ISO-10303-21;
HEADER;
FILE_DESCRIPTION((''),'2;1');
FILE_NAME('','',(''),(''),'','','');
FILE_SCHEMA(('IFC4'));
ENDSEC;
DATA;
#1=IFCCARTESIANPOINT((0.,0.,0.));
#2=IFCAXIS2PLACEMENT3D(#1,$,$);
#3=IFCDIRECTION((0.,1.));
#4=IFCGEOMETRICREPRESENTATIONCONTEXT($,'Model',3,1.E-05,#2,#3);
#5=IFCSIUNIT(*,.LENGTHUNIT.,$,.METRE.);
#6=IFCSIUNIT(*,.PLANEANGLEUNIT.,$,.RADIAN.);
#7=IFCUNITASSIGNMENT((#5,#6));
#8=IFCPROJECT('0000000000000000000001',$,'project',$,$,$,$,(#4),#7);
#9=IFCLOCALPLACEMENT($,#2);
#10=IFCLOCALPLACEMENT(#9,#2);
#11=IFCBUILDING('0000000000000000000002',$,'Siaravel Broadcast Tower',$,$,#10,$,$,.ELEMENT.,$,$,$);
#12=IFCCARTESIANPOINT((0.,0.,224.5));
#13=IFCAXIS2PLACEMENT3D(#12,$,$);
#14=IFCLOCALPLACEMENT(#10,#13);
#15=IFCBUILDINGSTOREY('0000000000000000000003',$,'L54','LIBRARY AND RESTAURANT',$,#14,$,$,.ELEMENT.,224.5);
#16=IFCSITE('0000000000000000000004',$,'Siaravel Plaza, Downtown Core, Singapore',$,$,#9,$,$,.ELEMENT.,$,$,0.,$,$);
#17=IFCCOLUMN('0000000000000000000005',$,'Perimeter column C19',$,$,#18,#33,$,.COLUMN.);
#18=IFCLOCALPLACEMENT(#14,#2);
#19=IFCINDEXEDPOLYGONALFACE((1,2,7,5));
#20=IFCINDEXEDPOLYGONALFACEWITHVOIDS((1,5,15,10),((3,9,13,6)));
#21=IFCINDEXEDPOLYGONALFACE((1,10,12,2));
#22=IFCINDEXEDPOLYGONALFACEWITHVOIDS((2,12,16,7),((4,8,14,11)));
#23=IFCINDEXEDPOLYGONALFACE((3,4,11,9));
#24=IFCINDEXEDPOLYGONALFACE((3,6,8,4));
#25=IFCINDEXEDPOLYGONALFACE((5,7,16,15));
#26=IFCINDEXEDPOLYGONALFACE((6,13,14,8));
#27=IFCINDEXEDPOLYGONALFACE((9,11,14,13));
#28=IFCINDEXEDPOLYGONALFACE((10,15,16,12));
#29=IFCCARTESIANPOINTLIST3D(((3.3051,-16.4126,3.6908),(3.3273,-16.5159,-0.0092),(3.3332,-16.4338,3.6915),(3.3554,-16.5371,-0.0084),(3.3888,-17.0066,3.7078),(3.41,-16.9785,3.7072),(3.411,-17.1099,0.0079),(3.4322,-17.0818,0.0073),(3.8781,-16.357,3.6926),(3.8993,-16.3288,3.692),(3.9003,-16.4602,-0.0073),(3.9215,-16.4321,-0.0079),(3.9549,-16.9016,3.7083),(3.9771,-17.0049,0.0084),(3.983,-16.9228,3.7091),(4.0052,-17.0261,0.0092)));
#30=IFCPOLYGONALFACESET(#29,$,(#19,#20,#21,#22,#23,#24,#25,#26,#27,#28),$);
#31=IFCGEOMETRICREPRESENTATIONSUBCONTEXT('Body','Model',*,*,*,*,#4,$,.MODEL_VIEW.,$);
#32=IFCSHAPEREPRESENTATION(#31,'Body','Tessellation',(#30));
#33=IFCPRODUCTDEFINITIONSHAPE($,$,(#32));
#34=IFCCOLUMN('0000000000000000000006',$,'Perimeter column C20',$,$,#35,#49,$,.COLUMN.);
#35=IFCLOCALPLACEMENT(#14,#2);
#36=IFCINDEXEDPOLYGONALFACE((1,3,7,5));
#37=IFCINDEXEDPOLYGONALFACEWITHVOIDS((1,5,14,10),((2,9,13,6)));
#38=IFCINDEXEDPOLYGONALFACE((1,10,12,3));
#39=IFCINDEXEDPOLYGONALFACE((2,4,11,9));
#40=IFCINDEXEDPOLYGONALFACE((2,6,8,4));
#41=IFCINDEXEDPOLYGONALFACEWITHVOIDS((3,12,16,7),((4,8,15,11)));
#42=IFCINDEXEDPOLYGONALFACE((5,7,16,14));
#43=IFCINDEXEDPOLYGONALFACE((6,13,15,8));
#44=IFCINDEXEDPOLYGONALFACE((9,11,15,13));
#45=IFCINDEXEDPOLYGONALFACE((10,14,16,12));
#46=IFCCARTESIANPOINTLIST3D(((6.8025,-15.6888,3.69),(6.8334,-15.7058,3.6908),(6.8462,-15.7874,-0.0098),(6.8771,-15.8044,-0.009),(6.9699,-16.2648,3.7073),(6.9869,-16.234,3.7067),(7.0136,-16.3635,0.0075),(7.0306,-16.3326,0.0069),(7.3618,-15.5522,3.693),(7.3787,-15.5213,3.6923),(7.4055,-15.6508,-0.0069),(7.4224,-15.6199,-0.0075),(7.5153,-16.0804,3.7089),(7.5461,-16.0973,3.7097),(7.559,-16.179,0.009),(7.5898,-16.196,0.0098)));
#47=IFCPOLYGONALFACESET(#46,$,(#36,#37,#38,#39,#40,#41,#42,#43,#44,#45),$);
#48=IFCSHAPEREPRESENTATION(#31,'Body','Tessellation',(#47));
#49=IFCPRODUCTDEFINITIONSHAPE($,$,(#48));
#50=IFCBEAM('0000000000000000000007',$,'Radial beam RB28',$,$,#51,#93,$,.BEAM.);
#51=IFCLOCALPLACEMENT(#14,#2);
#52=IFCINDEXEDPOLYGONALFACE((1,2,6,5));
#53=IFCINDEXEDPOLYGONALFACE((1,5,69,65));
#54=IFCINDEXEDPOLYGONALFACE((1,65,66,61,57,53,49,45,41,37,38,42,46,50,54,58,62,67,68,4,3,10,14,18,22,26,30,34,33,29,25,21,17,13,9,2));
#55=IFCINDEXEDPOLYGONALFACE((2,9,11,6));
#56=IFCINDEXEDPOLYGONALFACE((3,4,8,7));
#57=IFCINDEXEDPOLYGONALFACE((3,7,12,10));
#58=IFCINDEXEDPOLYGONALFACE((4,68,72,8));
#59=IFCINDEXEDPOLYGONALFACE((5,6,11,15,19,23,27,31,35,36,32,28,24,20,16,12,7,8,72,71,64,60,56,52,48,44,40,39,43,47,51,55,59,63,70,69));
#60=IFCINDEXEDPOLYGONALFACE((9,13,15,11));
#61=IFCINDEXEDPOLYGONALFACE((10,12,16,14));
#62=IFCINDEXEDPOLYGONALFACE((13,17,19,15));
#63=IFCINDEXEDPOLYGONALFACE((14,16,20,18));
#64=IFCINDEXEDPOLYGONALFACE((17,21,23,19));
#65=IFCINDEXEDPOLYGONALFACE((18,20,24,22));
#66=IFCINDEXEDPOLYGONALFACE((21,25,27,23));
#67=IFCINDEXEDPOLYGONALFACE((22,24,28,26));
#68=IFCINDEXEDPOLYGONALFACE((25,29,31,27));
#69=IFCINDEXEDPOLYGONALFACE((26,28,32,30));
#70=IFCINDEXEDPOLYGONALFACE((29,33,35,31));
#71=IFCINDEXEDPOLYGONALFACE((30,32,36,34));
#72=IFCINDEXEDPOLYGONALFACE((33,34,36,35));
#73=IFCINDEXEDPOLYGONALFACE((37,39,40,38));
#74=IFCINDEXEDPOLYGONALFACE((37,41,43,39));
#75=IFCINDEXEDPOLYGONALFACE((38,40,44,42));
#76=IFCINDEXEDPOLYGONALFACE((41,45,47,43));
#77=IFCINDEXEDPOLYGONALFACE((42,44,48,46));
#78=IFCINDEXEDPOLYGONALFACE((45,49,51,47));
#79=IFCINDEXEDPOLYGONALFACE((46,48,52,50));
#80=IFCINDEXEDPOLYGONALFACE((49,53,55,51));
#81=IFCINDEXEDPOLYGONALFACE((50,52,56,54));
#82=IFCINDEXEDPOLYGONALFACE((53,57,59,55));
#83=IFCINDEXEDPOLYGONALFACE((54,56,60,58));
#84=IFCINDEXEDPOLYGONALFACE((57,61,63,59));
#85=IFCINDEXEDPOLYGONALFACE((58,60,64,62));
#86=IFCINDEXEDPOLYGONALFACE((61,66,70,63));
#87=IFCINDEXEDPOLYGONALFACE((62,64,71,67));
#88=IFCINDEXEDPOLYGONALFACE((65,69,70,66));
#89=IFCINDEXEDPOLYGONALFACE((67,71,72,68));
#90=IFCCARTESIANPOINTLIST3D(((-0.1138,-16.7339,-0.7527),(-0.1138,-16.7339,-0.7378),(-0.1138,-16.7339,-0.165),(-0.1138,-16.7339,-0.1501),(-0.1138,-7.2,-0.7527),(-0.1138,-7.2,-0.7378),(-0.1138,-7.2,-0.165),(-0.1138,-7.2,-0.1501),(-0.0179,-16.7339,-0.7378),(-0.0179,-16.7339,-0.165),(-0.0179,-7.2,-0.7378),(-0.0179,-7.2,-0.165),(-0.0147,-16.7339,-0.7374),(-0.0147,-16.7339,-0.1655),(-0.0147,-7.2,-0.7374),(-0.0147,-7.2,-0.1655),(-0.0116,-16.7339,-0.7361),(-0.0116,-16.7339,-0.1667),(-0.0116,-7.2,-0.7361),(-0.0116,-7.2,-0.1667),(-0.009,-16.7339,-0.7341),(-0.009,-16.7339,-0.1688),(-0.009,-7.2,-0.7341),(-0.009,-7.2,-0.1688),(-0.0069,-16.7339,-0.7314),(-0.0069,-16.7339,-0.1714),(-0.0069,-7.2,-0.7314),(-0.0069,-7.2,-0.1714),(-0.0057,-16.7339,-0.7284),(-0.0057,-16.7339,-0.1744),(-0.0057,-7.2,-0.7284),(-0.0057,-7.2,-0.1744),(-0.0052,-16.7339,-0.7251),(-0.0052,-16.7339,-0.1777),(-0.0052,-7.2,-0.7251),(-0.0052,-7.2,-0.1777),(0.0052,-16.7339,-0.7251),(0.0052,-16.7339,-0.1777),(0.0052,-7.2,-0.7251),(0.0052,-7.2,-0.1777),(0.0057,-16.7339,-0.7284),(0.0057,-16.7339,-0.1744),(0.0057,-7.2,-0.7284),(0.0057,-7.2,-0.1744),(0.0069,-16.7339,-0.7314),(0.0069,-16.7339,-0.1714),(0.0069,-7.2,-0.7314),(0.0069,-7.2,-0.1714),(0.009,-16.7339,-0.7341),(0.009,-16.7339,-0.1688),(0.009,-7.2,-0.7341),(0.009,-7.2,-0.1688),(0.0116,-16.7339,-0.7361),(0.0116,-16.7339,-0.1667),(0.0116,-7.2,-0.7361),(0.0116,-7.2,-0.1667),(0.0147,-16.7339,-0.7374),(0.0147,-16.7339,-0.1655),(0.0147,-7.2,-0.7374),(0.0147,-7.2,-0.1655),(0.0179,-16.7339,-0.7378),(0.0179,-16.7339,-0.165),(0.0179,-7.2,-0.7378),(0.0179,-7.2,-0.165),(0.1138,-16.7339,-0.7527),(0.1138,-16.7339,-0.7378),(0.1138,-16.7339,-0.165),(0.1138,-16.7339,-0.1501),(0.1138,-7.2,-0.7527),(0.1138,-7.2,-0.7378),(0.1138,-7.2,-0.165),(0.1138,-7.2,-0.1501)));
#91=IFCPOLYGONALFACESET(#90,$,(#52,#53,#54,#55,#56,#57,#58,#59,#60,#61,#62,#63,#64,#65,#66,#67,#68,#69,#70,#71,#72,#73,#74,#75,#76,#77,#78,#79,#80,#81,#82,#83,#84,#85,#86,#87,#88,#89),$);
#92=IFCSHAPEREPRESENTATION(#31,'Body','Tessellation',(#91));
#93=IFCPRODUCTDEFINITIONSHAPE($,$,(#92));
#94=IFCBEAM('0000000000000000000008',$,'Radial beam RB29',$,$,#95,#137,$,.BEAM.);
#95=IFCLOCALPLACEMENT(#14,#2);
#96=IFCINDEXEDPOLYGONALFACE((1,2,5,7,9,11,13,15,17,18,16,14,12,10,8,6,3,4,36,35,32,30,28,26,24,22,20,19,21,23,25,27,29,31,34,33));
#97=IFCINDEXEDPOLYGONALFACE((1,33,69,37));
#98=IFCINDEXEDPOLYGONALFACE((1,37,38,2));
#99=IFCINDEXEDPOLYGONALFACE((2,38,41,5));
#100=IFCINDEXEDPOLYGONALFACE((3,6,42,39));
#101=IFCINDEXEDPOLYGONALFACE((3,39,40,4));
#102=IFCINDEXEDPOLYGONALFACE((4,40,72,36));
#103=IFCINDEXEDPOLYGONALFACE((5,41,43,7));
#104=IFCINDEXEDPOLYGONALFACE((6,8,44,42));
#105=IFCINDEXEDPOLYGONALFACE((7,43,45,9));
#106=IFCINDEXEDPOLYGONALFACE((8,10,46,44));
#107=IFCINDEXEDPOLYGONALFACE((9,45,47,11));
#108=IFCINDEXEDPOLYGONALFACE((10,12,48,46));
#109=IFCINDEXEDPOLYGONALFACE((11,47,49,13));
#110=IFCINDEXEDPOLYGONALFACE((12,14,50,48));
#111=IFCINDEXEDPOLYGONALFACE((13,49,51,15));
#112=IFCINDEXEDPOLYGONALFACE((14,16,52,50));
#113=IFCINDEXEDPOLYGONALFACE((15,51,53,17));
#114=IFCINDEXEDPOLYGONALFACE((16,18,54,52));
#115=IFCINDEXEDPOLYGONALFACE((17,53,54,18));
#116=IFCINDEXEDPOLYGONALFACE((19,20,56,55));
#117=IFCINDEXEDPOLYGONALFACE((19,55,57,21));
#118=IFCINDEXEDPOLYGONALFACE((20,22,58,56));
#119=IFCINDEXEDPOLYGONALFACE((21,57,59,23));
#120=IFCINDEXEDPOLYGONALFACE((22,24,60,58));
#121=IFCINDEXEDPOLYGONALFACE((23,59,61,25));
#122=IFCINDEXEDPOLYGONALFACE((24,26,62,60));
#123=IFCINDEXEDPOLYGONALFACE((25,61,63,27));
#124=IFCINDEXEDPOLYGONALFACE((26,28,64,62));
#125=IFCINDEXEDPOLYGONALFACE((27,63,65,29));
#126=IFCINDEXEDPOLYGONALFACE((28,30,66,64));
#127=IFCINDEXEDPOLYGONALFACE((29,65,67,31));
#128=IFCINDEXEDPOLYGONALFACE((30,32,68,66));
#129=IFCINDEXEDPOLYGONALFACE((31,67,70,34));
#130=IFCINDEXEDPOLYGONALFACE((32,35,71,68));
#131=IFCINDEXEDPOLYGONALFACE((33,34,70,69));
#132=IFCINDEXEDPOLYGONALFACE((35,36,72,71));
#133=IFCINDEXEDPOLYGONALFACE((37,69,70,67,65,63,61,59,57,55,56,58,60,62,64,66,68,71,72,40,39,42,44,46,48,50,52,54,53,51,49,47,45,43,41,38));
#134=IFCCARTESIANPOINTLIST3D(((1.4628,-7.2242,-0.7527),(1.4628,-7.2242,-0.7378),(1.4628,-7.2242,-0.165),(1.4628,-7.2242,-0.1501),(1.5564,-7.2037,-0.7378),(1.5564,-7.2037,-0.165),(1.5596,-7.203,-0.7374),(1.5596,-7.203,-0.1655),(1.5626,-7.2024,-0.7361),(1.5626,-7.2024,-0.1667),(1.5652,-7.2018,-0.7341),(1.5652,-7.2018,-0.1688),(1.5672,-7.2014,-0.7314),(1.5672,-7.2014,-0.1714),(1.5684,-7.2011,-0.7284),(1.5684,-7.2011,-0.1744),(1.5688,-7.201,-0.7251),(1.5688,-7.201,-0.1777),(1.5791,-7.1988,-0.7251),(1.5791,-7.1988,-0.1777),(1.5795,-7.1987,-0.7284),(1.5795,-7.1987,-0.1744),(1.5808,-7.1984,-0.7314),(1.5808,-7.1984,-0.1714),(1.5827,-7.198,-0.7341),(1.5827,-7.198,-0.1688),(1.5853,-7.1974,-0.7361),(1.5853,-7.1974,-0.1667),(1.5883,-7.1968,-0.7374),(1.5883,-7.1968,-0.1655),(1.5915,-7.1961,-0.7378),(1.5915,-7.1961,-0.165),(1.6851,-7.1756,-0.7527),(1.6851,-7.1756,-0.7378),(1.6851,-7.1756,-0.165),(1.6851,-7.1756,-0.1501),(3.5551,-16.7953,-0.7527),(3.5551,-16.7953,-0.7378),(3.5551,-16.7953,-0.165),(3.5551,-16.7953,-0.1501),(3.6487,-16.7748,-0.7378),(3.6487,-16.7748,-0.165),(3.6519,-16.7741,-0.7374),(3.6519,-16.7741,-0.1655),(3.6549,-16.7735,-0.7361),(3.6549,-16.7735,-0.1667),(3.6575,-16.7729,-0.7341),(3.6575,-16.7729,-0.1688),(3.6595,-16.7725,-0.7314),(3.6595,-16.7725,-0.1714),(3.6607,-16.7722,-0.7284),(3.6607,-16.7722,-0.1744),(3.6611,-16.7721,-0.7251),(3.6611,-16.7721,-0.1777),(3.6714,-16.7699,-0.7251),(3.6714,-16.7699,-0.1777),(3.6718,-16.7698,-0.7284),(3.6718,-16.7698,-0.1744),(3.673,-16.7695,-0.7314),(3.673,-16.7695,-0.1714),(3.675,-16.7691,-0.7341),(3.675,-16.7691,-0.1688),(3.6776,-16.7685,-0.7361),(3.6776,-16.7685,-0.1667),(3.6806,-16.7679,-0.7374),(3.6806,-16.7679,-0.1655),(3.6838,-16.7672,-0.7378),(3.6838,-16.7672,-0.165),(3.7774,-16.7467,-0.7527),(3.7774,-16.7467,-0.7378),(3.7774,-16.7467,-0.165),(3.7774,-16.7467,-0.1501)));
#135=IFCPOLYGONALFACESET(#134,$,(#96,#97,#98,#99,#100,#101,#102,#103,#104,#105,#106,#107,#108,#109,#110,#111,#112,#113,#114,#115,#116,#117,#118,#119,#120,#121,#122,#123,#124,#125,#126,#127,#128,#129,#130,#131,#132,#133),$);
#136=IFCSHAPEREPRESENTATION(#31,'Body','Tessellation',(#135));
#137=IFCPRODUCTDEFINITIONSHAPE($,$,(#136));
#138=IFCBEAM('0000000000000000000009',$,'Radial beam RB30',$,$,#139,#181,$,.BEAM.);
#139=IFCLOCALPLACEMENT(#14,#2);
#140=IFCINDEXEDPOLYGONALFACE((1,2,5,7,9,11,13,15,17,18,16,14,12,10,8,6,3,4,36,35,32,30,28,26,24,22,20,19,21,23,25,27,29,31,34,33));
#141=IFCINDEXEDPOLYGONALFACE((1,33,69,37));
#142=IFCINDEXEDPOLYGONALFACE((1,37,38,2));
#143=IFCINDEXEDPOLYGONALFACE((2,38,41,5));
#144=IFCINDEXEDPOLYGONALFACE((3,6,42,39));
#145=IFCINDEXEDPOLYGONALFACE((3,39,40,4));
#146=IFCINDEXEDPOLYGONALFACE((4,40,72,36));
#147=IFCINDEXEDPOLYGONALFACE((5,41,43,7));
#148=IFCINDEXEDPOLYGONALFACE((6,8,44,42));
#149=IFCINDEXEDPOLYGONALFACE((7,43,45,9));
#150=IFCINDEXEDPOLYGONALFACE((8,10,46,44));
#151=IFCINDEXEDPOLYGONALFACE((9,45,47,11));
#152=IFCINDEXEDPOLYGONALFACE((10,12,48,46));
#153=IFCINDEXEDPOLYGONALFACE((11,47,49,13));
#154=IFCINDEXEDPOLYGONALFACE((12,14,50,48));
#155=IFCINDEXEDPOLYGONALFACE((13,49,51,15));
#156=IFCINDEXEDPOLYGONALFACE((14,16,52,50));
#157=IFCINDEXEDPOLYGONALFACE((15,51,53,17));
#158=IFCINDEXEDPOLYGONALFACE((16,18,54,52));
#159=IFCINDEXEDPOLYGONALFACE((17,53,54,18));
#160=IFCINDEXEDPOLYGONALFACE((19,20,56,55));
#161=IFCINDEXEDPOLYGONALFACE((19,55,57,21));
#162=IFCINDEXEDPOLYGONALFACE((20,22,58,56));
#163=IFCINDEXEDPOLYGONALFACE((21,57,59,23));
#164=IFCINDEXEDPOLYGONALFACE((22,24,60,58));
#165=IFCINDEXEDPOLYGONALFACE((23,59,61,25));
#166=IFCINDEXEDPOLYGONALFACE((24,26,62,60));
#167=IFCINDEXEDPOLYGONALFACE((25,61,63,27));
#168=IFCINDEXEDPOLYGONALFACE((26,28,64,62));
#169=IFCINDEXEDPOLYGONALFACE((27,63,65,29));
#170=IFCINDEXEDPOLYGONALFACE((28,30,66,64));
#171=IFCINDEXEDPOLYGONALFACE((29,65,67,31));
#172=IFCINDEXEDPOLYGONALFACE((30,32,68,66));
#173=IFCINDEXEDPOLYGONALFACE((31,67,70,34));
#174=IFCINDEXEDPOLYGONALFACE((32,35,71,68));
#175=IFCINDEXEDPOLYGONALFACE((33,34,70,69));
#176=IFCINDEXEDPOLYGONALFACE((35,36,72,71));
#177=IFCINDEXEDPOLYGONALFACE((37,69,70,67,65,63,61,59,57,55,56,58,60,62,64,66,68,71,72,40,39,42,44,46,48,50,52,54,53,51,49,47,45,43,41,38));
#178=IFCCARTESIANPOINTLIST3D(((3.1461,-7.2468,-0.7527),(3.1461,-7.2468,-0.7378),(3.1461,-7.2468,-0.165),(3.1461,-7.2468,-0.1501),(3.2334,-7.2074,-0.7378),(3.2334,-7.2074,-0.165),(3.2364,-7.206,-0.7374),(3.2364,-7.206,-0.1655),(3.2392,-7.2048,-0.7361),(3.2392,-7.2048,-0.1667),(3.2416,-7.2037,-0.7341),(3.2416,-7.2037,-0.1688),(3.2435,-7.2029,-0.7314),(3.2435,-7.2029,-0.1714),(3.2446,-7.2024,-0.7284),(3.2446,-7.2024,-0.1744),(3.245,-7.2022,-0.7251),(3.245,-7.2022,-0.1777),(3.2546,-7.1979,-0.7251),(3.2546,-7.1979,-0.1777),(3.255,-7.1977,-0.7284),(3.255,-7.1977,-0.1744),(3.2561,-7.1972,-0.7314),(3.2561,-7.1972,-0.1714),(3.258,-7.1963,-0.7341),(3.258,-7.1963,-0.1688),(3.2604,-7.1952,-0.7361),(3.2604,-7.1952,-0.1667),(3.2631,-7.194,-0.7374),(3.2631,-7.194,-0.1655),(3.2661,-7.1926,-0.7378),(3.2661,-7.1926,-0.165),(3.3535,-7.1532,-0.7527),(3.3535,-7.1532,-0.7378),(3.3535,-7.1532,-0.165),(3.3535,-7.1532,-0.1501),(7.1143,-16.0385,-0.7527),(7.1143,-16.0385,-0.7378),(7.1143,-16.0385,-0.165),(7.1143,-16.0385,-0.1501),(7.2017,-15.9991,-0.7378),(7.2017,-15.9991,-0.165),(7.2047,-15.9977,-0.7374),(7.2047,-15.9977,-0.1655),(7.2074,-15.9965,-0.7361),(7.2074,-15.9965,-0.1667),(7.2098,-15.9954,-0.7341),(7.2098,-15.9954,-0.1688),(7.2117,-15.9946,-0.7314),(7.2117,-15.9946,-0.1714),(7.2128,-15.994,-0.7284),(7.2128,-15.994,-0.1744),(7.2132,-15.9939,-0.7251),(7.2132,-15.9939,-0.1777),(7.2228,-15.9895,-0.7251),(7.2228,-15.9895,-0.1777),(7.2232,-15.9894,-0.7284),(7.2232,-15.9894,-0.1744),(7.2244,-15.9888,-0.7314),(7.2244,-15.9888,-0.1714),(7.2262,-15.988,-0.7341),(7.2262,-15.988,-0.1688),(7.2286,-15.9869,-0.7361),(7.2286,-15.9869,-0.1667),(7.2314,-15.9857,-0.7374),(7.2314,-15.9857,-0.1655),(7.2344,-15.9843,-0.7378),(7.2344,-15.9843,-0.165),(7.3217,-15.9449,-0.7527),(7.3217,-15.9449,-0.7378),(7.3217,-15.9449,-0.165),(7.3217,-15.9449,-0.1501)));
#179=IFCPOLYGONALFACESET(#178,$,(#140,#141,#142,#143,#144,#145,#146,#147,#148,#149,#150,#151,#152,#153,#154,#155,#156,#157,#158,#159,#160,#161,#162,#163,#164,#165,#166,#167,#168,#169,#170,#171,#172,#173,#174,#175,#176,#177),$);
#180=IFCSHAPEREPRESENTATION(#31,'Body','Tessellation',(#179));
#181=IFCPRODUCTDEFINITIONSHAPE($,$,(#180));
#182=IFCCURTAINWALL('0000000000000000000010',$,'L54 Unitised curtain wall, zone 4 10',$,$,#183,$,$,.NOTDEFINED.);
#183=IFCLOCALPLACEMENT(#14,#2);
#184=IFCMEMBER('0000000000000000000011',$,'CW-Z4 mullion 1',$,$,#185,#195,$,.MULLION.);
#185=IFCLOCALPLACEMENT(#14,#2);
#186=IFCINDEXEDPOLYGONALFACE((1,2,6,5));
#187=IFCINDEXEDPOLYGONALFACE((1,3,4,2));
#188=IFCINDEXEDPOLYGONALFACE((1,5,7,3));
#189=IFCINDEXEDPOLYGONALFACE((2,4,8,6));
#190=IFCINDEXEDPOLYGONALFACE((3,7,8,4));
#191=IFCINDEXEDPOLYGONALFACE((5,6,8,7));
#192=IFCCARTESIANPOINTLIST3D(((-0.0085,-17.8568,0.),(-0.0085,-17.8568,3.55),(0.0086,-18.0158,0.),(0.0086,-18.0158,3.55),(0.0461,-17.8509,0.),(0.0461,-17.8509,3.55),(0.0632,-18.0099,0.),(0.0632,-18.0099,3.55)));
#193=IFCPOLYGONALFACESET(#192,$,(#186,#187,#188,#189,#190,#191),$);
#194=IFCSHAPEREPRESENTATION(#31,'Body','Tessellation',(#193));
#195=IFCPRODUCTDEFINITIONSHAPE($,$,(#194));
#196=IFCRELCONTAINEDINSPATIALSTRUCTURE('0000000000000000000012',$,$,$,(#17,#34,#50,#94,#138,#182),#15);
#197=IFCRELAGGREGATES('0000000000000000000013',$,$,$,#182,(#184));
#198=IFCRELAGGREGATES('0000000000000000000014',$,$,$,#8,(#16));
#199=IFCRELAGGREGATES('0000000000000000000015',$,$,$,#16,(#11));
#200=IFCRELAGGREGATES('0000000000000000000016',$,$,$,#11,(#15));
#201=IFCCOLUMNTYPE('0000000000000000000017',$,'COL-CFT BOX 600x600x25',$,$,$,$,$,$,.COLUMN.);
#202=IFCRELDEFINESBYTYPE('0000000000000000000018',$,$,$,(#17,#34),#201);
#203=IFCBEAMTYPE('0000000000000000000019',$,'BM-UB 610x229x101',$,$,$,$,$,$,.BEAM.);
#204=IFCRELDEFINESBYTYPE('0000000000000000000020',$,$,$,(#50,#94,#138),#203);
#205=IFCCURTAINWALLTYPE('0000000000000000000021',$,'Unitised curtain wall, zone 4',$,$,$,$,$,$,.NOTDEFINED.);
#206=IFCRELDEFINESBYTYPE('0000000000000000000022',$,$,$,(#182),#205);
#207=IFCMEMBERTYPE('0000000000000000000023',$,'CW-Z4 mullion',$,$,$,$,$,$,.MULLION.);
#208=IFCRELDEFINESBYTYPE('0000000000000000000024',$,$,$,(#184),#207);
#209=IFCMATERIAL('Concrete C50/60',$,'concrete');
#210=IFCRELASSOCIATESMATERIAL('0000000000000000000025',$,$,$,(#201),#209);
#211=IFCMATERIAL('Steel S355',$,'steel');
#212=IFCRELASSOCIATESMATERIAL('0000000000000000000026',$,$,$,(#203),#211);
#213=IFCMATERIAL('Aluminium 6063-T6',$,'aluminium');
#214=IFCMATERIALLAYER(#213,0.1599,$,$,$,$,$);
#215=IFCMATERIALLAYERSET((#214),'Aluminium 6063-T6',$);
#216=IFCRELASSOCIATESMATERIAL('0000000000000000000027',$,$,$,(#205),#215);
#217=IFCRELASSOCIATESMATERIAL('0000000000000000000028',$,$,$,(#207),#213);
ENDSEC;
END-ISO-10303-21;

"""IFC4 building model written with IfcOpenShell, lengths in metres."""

from ifc_helpers import new_model, si_unit, direction, frame, origin, origin_2d, place, context, subcontext, project, spatial, rectangle, hollow_rectangle, i_section, extrude, material, layer, layer_set, material_profile, profile_set, type_object, element, aggregate, save


model = new_model("IFC4")

# Units and contexts
model_context = context("Model", 3, precision=1e-05, world=origin(), true_north=direction((0.0, 1.0)))
body_context = subcontext(model_context, "Body", "Model", "MODEL_VIEW")
ifc_project = project(units=[si_unit("LENGTHUNIT", "METRE"), si_unit("PLANEANGLEUNIT", "RADIAN")], contexts=[model_context])

# Site, building, storey
site_placement = place(None, origin())
site = spatial("IfcSite", under=ifc_project, at=site_placement, Name="Siaravel Plaza, Downtown Core, Singapore", CompositionType="ELEMENT", RefElevation=0.0)
building_placement = place(site_placement, origin())
building = spatial("IfcBuilding", under=site, at=building_placement, Name="Siaravel Broadcast Tower", CompositionType="ELEMENT")
storey_placement = place(building_placement, frame((0.0, 0.0, 224.5)))
storey = spatial("IfcBuildingStorey", under=building, at=storey_placement, Name="L54", Description="LIBRARY AND RESTAURANT", CompositionType="ELEMENT", Elevation=224.5)

# Columns
ifc_material_1 = material(Name="Concrete C50/60", Category="concrete")
ifc_material_profile_1 = material_profile(ifc_material_1, hollow_rectangle(XDim=0.6001, YDim=0.6001, WallThickness=0.0249, at=origin_2d()))
ifc_profile_set_1 = profile_set([ifc_material_profile_1], Name="Concrete C50/60")
column_type = type_object("IfcColumnType", Name="COL-CFT BOX 600x600x25", PredefinedType="COLUMN", material=ifc_profile_set_1)
for number, where, z_axis, x_axis, name in (
    (1, (3.6663, -16.771, 0.0), (-0.006002, 0.0279, 0.999593), (-0.990194, -0.139686, -0.002047), "Perimeter column C19"),
    (2, (7.218, -15.9917, 0.0), (-0.011806, 0.026647, 0.999575), (-0.960243, -0.279138, -0.0039), "Perimeter column C20"),
):
    element("IfcColumn", number, at=place(storey_placement, frame(where, z_axis=z_axis, x_axis=x_axis)), inside=storey, type_object=column_type, Name=name, PredefinedType="COLUMN", context=body_context, shape_type="SweptSolid", body=[
        extrude(hollow_rectangle(XDim=0.6001, YDim=0.6001, WallThickness=0.0249, at=origin_2d()), origin(), (0.0, 0.0, 1.0), 3.7014),
    ])

# Beams
ifc_material_2 = material(Name="Steel S355", Category="steel")
ifc_material_profile_2 = material_profile(ifc_material_2, i_section(OverallWidth=0.2275, OverallDepth=0.6025, WebThickness=0.0105, FlangeThickness=0.0149, FilletRadius=0.0127, at=origin_2d()))
ifc_profile_set_2 = profile_set([ifc_material_profile_2], Name="Steel S355")
beam_type = type_object("IfcBeamType", Name="BM-UB 610x229x101", PredefinedType="BEAM", material=ifc_profile_set_2)
beam_1_placement = place(storey_placement, frame((0.0, -16.7339, -0.4514), z_axis=(0.0, 1.0, 0.0), x_axis=(-1.0, 0.0, 0.0)))
element("IfcBeam", 3, at=beam_1_placement, inside=storey, type_object=beam_type, Name="Radial beam RB28", PredefinedType="BEAM", context=body_context, shape_type="SweptSolid", body=[
    extrude(i_section(OverallWidth=0.2275, OverallDepth=0.6025, WebThickness=0.0105, FlangeThickness=0.0149, FilletRadius=0.0127, at=origin_2d()), origin(), (0.0, 0.0, 1.0), 9.5339),
])
beam_2_placement = place(storey_placement, frame((3.6663, -16.771, -0.4514), z_axis=(-0.213562, 0.976929, 0.0), x_axis=(-0.976929, -0.213562, 0.0)))
element("IfcBeam", 4, at=beam_2_placement, inside=storey, type_object=beam_type, Name="Radial beam RB29", PredefinedType="BEAM", context=body_context, shape_type="SweptSolid", body=[
    extrude(i_section(OverallWidth=0.2275, OverallDepth=0.6025, WebThickness=0.0105, FlangeThickness=0.0149, FilletRadius=0.0127, at=origin_2d()), origin(), (0.0, 0.0, 1.0), 9.7971),
])
beam_3_placement = place(storey_placement, frame((7.218, -15.9917, -0.4514), z_axis=(-0.411397, 0.911456, 0.0), x_axis=(-0.911456, -0.411397, 0.0)))
element("IfcBeam", 5, at=beam_3_placement, inside=storey, type_object=beam_type, Name="Radial beam RB30", PredefinedType="BEAM", context=body_context, shape_type="SweptSolid", body=[
    extrude(i_section(OverallWidth=0.2275, OverallDepth=0.6025, WebThickness=0.0105, FlangeThickness=0.0149, FilletRadius=0.0127, at=origin_2d()), origin(), (0.0, 0.0, 1.0), 9.6458),
])

# Curtain wall, member
ifc_material_3 = material(Name="Aluminium 6063-T6", Category="aluminium")
ifc_layer_1 = layer(ifc_material_3, 0.1599)
ifc_layer_set_1 = layer_set([ifc_layer_1], Name="Aluminium 6063-T6")
curtain_wall_type = type_object("IfcCurtainWallType", Name="Unitised curtain wall, zone 4", PredefinedType="NOTDEFINED", material=ifc_layer_set_1)
curtain_wall_1_placement = place(storey_placement, origin())
curtain_wall_1 = element("IfcCurtainWall", 6, at=curtain_wall_1_placement, inside=storey, type_object=curtain_wall_type, Name="L54 Unitised curtain wall, zone 4 10", PredefinedType="NOTDEFINED")
ifc_material_profile_3 = material_profile(ifc_material_3, rectangle(XDim=0.1599, YDim=0.0549, at=origin_2d()))
ifc_profile_set_3 = profile_set([ifc_material_profile_3], Name="Aluminium 6063-T6")
member_type_1 = type_object("IfcMemberType", Name="CW-Z4 mullion", PredefinedType="MULLION", material=ifc_profile_set_3)
member_1_placement = place(storey_placement, frame((0.0273, -17.9333, 0.0), z_axis=(0.0, 0.0, 1.0), x_axis=(-0.107218, 0.994236, 0.0)))
member_1 = element("IfcMember", 7, at=member_1_placement, type_object=member_type_1, Name="CW-Z4 mullion 1", PredefinedType="MULLION", context=body_context, shape_type="SweptSolid", body=[
    extrude(rectangle(XDim=0.1599, YDim=0.0549, at=origin_2d()), origin(), (0.0, 0.0, 1.0), 3.55),
])

aggregate(curtain_wall_1, [member_1])

save(model, "model.ifc")
